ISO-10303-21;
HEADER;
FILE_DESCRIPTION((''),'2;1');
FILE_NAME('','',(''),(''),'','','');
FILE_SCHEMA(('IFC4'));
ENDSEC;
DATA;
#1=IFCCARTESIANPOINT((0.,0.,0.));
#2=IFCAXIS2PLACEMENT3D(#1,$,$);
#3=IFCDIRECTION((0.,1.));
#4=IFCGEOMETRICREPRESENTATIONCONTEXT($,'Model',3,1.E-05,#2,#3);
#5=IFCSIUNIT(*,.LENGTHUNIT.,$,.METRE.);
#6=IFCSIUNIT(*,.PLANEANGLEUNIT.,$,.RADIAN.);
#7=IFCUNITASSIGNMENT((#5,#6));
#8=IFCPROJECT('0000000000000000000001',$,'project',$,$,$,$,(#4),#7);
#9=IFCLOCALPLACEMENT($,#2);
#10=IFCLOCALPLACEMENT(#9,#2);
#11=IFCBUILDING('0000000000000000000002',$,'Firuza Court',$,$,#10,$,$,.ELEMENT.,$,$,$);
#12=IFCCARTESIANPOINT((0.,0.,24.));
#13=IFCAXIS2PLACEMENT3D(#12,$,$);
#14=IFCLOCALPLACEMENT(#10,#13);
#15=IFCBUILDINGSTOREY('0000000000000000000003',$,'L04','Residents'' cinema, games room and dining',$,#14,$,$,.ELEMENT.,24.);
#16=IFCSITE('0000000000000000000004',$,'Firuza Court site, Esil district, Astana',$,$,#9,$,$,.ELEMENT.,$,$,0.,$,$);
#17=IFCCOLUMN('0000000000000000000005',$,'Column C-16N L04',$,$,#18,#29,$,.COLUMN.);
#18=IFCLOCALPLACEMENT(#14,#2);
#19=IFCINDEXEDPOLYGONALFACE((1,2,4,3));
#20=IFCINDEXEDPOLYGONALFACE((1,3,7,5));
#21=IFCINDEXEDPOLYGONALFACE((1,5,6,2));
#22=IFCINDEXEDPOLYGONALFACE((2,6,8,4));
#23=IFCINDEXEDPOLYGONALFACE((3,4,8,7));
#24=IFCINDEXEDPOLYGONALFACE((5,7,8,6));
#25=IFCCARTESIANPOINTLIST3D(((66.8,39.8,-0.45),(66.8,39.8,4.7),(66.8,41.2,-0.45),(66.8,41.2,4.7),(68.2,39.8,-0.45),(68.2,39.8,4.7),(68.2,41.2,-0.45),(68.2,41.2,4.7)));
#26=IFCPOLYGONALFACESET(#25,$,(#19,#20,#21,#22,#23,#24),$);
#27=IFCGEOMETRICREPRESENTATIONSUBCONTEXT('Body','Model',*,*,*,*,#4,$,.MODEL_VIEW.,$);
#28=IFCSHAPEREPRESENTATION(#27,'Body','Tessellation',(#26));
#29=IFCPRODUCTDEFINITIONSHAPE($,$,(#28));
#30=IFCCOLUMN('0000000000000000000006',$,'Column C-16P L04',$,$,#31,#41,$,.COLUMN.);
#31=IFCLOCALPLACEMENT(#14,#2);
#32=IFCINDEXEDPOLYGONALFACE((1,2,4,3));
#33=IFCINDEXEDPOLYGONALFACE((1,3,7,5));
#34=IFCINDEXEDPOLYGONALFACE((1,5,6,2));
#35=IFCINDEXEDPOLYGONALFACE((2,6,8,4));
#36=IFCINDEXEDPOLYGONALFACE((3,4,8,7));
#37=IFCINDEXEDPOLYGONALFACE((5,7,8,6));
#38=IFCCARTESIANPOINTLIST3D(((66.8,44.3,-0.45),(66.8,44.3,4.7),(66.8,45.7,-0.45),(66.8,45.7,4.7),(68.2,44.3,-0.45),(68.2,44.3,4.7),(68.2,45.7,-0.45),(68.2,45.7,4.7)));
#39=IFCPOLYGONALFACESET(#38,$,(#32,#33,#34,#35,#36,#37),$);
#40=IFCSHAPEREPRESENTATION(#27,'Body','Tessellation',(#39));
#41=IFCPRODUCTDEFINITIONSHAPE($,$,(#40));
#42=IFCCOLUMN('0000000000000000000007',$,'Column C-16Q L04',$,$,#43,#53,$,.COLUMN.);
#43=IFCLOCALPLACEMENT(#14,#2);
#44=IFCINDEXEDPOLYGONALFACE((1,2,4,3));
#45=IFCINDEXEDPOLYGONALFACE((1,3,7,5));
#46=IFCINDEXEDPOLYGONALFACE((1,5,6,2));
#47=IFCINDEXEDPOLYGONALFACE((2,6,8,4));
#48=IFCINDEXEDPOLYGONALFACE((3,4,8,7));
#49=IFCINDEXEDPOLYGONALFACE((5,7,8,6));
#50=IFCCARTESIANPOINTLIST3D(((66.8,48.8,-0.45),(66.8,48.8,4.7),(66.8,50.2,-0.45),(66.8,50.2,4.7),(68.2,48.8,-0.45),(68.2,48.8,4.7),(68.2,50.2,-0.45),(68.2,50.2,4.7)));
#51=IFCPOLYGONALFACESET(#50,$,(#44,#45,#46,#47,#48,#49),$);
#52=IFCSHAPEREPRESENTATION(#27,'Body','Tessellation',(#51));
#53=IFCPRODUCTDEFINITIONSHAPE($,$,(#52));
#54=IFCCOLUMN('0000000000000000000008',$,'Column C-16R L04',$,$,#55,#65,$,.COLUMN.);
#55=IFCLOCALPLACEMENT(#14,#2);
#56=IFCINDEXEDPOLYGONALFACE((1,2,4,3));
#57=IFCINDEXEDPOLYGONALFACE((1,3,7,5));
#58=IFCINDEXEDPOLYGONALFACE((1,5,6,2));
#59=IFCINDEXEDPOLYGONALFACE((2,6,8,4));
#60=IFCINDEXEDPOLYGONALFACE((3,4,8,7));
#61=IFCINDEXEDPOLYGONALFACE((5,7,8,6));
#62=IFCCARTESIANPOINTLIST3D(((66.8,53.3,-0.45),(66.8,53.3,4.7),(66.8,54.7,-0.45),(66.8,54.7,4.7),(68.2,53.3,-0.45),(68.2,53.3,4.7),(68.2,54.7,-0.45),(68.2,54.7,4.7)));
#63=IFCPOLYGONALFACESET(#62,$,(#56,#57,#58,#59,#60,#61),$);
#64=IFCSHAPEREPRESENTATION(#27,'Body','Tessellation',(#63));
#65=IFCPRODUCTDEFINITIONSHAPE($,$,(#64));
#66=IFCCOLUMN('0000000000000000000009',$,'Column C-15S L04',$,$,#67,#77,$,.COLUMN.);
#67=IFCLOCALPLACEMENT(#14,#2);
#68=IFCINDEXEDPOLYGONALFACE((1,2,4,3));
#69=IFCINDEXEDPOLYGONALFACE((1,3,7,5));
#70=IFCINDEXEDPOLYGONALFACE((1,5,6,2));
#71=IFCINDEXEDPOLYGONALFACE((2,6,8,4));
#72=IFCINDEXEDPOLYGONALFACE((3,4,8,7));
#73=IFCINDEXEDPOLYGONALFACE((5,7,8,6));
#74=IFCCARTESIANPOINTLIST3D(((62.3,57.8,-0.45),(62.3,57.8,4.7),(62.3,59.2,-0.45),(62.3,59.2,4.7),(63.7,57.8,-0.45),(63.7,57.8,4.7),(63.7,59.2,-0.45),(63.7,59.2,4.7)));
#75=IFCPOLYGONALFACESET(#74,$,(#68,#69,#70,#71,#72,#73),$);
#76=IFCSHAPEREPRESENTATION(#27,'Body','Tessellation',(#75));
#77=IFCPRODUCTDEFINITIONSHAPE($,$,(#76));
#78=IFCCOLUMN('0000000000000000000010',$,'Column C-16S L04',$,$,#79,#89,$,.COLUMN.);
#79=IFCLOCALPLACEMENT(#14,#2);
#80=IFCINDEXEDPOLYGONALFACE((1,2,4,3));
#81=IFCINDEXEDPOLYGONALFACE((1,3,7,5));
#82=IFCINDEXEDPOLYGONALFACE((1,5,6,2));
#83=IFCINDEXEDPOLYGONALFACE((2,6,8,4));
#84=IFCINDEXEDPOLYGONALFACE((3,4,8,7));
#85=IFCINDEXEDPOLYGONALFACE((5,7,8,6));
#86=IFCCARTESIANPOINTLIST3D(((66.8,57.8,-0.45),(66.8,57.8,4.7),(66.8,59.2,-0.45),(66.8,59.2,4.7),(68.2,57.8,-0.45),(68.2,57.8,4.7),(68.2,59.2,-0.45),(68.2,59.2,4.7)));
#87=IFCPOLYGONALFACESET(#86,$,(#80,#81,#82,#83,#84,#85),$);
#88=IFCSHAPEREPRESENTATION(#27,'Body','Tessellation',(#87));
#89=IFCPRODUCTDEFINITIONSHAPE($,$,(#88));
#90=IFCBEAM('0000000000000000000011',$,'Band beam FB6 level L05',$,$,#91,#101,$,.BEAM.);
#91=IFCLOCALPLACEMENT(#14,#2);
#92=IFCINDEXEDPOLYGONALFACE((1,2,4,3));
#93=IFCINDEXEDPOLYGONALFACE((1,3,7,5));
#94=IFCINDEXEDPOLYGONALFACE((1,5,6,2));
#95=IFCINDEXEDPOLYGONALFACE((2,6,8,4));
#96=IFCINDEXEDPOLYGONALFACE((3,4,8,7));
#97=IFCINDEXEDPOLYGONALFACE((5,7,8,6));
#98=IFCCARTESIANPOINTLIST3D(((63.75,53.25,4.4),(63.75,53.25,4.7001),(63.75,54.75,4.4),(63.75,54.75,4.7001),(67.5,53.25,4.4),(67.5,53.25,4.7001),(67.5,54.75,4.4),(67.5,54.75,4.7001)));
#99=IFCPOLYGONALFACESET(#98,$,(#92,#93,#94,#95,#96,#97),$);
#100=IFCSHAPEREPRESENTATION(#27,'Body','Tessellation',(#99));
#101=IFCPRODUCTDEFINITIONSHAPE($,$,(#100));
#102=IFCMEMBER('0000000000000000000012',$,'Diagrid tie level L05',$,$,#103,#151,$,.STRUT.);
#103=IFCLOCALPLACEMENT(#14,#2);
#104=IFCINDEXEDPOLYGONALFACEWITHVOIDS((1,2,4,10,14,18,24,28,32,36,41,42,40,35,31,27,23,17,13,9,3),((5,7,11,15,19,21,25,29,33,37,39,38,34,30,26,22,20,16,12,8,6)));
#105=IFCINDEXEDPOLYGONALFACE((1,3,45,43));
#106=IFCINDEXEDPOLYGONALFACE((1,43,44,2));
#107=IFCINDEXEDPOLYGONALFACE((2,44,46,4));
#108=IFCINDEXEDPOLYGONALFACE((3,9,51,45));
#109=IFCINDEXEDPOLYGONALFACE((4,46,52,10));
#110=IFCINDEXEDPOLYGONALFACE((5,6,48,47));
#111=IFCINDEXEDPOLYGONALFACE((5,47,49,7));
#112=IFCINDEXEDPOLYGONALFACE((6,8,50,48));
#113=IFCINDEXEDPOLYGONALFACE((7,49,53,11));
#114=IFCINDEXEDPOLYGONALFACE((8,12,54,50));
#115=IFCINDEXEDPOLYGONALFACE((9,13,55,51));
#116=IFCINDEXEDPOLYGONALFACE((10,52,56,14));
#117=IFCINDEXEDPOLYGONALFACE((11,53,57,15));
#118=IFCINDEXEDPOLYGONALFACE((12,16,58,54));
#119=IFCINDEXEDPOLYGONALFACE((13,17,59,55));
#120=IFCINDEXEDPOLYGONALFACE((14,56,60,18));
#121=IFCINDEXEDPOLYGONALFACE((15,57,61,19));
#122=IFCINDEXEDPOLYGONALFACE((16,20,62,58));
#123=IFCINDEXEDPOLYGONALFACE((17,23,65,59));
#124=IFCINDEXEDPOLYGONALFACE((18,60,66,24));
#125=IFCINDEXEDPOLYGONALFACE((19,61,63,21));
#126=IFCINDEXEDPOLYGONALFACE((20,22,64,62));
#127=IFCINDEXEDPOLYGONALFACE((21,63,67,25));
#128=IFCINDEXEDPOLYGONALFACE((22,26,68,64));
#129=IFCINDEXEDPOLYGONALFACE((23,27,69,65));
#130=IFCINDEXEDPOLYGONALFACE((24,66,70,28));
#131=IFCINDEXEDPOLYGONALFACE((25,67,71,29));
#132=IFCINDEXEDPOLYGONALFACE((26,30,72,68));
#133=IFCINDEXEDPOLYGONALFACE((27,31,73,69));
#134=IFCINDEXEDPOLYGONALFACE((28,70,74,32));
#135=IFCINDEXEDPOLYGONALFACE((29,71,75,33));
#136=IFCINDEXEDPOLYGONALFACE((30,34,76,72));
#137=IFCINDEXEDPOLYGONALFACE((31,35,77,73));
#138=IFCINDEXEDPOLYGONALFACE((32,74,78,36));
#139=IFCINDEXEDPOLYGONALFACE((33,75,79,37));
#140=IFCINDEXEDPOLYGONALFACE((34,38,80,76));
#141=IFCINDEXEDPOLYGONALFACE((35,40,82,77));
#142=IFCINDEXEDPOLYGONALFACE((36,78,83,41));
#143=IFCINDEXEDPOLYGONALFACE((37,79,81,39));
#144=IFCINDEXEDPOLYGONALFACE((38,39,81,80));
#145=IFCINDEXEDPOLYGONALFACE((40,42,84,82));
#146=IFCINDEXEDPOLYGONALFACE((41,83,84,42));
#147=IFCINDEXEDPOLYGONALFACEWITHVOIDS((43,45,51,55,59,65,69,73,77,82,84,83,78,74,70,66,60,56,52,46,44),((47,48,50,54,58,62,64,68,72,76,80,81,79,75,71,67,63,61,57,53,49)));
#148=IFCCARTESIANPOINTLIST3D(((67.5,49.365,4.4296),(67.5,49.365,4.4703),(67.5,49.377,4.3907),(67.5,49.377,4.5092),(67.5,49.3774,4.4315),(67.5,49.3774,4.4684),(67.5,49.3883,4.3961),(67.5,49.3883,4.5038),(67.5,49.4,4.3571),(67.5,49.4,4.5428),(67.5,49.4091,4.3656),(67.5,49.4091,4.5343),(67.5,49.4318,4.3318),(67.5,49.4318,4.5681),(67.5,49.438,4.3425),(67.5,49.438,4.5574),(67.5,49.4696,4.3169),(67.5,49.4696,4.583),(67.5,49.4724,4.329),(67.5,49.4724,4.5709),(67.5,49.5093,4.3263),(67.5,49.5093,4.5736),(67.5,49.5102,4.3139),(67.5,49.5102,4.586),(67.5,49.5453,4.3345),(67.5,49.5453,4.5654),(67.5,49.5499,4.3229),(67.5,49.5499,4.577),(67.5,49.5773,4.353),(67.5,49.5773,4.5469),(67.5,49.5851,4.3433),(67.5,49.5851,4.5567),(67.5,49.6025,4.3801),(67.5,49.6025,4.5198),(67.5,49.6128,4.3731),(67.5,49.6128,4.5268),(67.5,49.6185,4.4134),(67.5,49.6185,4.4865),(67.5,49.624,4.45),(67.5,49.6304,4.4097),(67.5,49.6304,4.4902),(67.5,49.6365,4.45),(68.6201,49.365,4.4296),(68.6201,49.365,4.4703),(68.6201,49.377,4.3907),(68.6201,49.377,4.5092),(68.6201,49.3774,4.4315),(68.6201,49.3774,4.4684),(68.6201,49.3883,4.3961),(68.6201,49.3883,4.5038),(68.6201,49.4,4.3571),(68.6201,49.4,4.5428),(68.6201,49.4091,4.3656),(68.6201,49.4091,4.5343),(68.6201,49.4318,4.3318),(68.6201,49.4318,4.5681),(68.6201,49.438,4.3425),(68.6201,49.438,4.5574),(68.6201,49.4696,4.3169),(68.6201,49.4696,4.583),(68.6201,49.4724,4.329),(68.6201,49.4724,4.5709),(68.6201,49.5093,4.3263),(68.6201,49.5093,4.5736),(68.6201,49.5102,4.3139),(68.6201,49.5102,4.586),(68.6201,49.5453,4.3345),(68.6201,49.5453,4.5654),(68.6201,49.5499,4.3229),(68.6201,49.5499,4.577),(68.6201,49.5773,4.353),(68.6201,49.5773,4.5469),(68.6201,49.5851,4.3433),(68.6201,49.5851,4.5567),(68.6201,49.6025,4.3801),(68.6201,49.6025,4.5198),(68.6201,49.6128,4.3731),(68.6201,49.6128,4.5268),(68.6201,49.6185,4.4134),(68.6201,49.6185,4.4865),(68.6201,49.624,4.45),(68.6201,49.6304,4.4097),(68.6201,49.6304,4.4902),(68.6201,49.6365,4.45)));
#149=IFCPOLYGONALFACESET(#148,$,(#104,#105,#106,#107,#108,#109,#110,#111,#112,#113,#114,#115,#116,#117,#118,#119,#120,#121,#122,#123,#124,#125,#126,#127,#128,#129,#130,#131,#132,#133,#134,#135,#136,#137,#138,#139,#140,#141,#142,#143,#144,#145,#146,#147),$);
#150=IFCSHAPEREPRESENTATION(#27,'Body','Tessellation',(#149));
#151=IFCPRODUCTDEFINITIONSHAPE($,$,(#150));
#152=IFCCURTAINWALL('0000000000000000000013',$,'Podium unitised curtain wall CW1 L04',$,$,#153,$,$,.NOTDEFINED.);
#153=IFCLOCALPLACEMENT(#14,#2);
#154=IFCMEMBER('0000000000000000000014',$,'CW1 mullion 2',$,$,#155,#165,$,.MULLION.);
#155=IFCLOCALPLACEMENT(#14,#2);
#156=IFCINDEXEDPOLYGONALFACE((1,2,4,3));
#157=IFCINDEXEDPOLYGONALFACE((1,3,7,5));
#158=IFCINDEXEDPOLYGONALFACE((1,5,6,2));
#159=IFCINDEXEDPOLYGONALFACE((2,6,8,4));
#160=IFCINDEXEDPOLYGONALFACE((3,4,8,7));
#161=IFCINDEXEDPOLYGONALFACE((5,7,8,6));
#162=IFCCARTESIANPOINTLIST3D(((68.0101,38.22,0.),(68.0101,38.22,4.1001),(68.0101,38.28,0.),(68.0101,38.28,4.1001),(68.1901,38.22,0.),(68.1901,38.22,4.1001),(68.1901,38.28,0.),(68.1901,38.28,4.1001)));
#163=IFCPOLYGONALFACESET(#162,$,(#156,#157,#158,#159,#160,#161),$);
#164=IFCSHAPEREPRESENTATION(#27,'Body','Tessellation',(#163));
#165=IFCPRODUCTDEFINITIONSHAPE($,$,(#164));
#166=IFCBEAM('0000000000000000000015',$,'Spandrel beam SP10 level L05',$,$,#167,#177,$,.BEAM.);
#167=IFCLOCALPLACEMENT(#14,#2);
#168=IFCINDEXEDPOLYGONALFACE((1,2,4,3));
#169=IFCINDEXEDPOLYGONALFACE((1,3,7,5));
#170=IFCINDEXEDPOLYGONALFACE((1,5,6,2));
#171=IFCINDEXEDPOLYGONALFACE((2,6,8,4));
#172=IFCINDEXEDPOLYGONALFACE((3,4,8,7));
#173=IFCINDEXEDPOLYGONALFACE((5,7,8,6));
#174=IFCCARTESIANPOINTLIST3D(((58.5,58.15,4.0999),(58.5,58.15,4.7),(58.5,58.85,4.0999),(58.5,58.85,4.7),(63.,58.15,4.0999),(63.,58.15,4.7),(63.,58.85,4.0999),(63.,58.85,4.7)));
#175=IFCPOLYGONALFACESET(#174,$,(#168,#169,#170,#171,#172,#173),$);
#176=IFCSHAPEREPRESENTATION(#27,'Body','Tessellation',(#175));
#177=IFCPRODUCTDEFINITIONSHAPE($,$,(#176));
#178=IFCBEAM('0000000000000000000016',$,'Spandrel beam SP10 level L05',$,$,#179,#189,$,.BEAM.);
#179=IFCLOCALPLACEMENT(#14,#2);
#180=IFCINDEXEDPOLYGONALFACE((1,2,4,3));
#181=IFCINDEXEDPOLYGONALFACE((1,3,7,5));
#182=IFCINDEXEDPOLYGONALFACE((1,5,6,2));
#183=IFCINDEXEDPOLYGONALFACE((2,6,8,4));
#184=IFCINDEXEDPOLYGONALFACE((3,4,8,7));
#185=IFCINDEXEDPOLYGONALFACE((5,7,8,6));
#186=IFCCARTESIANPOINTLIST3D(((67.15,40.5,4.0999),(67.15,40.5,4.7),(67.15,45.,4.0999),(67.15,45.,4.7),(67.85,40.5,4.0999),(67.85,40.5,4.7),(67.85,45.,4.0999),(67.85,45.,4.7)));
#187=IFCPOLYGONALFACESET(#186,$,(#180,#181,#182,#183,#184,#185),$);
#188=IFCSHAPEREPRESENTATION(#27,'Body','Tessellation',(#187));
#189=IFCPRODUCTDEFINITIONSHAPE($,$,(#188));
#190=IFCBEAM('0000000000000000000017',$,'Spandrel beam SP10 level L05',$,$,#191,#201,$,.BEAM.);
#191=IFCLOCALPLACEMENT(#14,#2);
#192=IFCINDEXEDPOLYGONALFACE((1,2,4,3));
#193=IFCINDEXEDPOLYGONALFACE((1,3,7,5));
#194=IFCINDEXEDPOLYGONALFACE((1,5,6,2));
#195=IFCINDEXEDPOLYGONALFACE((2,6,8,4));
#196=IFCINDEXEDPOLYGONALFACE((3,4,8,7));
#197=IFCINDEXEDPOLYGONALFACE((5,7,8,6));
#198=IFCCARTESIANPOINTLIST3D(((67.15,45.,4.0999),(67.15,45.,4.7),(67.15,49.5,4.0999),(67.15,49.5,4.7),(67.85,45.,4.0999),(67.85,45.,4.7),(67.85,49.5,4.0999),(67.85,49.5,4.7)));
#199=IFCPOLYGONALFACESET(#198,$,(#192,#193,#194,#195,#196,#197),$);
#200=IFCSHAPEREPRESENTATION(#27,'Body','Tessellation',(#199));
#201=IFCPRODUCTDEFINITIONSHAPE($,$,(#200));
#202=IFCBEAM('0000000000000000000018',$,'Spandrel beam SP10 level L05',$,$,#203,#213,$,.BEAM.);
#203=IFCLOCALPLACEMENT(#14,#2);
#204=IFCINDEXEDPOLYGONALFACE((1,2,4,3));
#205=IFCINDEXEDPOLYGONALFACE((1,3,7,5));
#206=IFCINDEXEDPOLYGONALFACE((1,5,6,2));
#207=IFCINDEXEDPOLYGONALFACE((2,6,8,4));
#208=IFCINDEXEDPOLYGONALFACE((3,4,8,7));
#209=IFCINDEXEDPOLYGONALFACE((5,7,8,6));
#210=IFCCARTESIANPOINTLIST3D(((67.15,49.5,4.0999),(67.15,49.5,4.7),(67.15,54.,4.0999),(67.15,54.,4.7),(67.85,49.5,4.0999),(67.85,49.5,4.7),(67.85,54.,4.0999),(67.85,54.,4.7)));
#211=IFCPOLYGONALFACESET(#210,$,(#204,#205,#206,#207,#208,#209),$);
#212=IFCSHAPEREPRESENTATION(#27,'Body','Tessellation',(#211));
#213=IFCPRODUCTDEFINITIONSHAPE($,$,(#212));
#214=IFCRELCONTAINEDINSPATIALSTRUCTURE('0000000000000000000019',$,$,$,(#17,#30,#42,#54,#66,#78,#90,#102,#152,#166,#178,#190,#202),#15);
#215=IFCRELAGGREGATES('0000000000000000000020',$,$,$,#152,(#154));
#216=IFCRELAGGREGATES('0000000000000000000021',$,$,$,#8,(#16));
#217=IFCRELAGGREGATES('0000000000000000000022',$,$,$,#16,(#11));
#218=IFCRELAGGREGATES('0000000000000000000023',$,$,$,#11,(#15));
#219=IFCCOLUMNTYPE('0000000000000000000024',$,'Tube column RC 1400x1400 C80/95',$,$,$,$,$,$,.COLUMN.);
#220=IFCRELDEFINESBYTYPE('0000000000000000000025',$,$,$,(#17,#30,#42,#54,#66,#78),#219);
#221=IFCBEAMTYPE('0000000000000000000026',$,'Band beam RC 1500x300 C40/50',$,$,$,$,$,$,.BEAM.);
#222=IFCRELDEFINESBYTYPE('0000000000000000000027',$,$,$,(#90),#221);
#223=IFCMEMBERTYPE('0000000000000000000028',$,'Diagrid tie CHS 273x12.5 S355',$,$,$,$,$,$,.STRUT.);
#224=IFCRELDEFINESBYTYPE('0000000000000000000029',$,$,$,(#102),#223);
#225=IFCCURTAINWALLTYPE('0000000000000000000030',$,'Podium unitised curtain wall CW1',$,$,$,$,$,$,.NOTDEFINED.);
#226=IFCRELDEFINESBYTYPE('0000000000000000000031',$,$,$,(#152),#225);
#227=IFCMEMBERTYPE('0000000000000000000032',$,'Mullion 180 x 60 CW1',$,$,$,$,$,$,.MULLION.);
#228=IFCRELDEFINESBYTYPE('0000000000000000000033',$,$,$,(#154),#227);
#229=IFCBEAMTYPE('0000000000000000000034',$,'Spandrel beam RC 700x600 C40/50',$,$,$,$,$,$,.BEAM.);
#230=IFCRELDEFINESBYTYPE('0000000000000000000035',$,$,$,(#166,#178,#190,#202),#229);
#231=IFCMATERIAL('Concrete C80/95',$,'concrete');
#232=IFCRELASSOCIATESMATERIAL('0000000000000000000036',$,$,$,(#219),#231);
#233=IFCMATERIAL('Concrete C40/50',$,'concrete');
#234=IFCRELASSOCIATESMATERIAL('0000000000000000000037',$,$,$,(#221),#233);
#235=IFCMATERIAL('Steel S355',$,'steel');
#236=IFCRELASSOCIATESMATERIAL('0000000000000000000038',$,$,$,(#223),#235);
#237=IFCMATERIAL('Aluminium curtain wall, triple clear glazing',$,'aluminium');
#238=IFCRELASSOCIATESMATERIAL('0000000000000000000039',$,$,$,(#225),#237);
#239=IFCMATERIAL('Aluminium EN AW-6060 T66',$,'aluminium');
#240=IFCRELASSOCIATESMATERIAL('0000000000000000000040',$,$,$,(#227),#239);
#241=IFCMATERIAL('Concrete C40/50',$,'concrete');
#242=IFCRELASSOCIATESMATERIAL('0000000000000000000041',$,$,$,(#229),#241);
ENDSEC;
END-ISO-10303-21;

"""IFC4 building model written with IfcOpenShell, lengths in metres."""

from ifc_helpers import new_model, si_unit, direction, frame, origin, origin_2d, place, context, subcontext, project, spatial, rectangle, hollow_circle, extrude, material, material_profile, profile_set, type_object, element, aggregate, save


model = new_model("IFC4")

# Units and contexts
model_context = context("Model", 3, precision=1e-05, world=origin(), true_north=direction((0.0, 1.0)))
body_context = subcontext(model_context, "Body", "Model", "MODEL_VIEW")
ifc_project = project(units=[si_unit("LENGTHUNIT", "METRE"), si_unit("PLANEANGLEUNIT", "RADIAN")], contexts=[model_context])

# Site, building, storey
site_placement = place(None, origin())
site = spatial("IfcSite", under=ifc_project, at=site_placement, Name="Firuza Court site, Esil district, Astana", CompositionType="ELEMENT", RefElevation=0.0)
building_placement = place(site_placement, origin())
building = spatial("IfcBuilding", under=site, at=building_placement, Name="Firuza Court", CompositionType="ELEMENT")
storey_placement = place(building_placement, frame((0.0, 0.0, 24.0)))
storey = spatial("IfcBuildingStorey", under=building, at=storey_placement, Name="L04", Description="Residents' cinema, games room and dining", CompositionType="ELEMENT", Elevation=24.0)

# Columns
ifc_material_1 = material(Name="Concrete C80/95", Category="concrete")
ifc_material_profile_1 = material_profile(ifc_material_1, rectangle(XDim=1.3999, YDim=1.3999, at=origin_2d()), Name="RC 1400x1400")
ifc_profile_set_1 = profile_set([ifc_material_profile_1], Name="Concrete C80/95")
column_type = type_object("IfcColumnType", Name="Tube column RC 1400x1400 C80/95", PredefinedType="COLUMN", material=ifc_profile_set_1)
for number, where, z_axis, x_axis, name in (
    (1, (67.5, 40.5, -0.45), (0.0, 0.0, 1.0), (1.0, 0.0, 0.0), "Column C-16N L04"),
    (2, (67.5, 45.0, -0.45), (0.0, 0.0, 1.0), (1.0, 0.0, 0.0), "Column C-16P L04"),
    (3, (67.5, 49.5, -0.45), (0.0, 0.0, 1.0), (1.0, 0.0, 0.0), "Column C-16Q L04"),
    (4, (67.5, 54.0, -0.45), (0.0, 0.0, 1.0), (1.0, 0.0, 0.0), "Column C-16R L04"),
    (5, (63.0, 58.5, -0.45), (0.0, 0.0, 1.0), (1.0, 0.0, 0.0), "Column C-15S L04"),
    (6, (67.5, 58.5, -0.45), (0.0, 0.0, 1.0), (1.0, 0.0, 0.0), "Column C-16S L04"),
):
    element("IfcColumn", number, at=place(storey_placement, frame(where, z_axis=z_axis, x_axis=x_axis)), inside=storey, type_object=column_type, Name=name, PredefinedType="COLUMN", context=body_context, shape_type="SweptSolid", body=[
        extrude(rectangle(XDim=1.3999, YDim=1.3999, at=origin_2d()), origin(), (0.0, 0.0, 1.0), 5.1499),
    ])

# Beam
ifc_material_2 = material(Name="Concrete C40/50", Category="concrete")
ifc_material_profile_2 = material_profile(ifc_material_2, rectangle(XDim=1.5, YDim=0.3, at=origin_2d()), Name="RC 1500x300")
ifc_profile_set_2 = profile_set([ifc_material_profile_2], Name="Concrete C40/50")
beam_type_1 = type_object("IfcBeamType", Name="Band beam RC 1500x300 C40/50", PredefinedType="BEAM", material=ifc_profile_set_2)
beam_placement = place(storey_placement, frame((67.5, 54.0, 4.55), z_axis=(-1.0, 0.0, 0.0), x_axis=(0.0, -1.0, 0.0)))
element("IfcBeam", 7, at=beam_placement, inside=storey, type_object=beam_type_1, Name="Band beam FB6 level L05", PredefinedType="BEAM", context=body_context, shape_type="SweptSolid", body=[
    extrude(rectangle(XDim=1.5, YDim=0.3, at=origin_2d()), origin(), (0.0, 0.0, 1.0), 3.75),
])

# Member
ifc_material_3 = material(Name="Steel S355", Category="steel")
ifc_material_profile_3 = material_profile(ifc_material_3, hollow_circle(Radius=0.1365, WallThickness=0.0125, at=origin_2d()), Name="CHS 273x12.5")
ifc_profile_set_3 = profile_set([ifc_material_profile_3], Name="Steel S355")
member_type_1 = type_object("IfcMemberType", Name="Diagrid tie CHS 273x12.5 S355", PredefinedType="STRUT", material=ifc_profile_set_3)
member_1_placement = place(storey_placement, frame((67.5, 49.5, 4.45), z_axis=(1.0, 0.0, 0.0), x_axis=(0.0, 1.0, 0.0)))
element("IfcMember", 8, at=member_1_placement, inside=storey, type_object=member_type_1, Name="Diagrid tie level L05", PredefinedType="STRUT", context=body_context, shape_type="SweptSolid", body=[
    extrude(hollow_circle(Radius=0.1365, WallThickness=0.0125, at=origin_2d()), origin(), (0.0, 0.0, 1.0), 1.1201),
])

# Curtain wall, member
ifc_material_4 = material(Name="Aluminium curtain wall, triple clear glazing", Category="aluminium")
curtain_wall_type = type_object("IfcCurtainWallType", Name="Podium unitised curtain wall CW1", PredefinedType="NOTDEFINED", material=ifc_material_4)
curtain_wall_placement = place(storey_placement, origin())
curtain_wall = element("IfcCurtainWall", 9, at=curtain_wall_placement, inside=storey, type_object=curtain_wall_type, Name="Podium unitised curtain wall CW1 L04", PredefinedType="NOTDEFINED")
ifc_material_5 = material(Name="Aluminium EN AW-6060 T66", Category="aluminium")
ifc_material_profile_4 = material_profile(ifc_material_5, rectangle(XDim=0.1799, YDim=0.0601, at=origin_2d()), Name="Mullion 180 x 60 CW1")
ifc_profile_set_4 = profile_set([ifc_material_profile_4], Name="Aluminium EN AW-6060 T66")
member_type_2 = type_object("IfcMemberType", Name="Mullion 180 x 60 CW1", PredefinedType="MULLION", material=ifc_profile_set_4)
member_2_placement = place(storey_placement, frame((68.1001, 38.25, 0.0), z_axis=(0.0, 0.0, 1.0), x_axis=(-1.0, 0.0, 0.0)))
member_2 = element("IfcMember", 10, at=member_2_placement, type_object=member_type_2, Name="CW1 mullion 2", PredefinedType="MULLION", context=body_context, shape_type="SweptSolid", body=[
    extrude(rectangle(XDim=0.1799, YDim=0.0601, at=origin_2d()), origin(), (0.0, 0.0, 1.0), 4.1001),
])

# Beams
ifc_material_6 = material(Name="Concrete C40/50", Category="concrete")
ifc_material_profile_5 = material_profile(ifc_material_6, rectangle(XDim=0.7, YDim=0.6001, at=origin_2d()), Name="RC 700x600")
ifc_profile_set_5 = profile_set([ifc_material_profile_5], Name="Concrete C40/50")
beam_type_2 = type_object("IfcBeamType", Name="Spandrel beam RC 700x600 C40/50", PredefinedType="BEAM", material=ifc_profile_set_5)
for number, where, z_axis, x_axis, name in (
    (11, (63.0, 58.5, 4.3999), (-1.0, 0.0, 0.0), (0.0, -1.0, 0.0), "Spandrel beam SP10 level L05"),
    (12, (67.5, 40.5, 4.3999), (0.0, 1.0, 0.0), (-1.0, 0.0, 0.0), "Spandrel beam SP10 level L05"),
    (13, (67.5, 45.0, 4.3999), (0.0, 1.0, 0.0), (-1.0, 0.0, 0.0), "Spandrel beam SP10 level L05"),
    (14, (67.5, 49.5, 4.3999), (0.0, 1.0, 0.0), (-1.0, 0.0, 0.0), "Spandrel beam SP10 level L05"),
):
    element("IfcBeam", number, at=place(storey_placement, frame(where, z_axis=z_axis, x_axis=x_axis)), inside=storey, type_object=beam_type_2, Name=name, PredefinedType="BEAM", context=body_context, shape_type="SweptSolid", body=[
        extrude(rectangle(XDim=0.7, YDim=0.6001, at=origin_2d()), origin(), (0.0, 0.0, 1.0), 4.5),
    ])

aggregate(curtain_wall, [member_2])

save(model, "model.ifc")
